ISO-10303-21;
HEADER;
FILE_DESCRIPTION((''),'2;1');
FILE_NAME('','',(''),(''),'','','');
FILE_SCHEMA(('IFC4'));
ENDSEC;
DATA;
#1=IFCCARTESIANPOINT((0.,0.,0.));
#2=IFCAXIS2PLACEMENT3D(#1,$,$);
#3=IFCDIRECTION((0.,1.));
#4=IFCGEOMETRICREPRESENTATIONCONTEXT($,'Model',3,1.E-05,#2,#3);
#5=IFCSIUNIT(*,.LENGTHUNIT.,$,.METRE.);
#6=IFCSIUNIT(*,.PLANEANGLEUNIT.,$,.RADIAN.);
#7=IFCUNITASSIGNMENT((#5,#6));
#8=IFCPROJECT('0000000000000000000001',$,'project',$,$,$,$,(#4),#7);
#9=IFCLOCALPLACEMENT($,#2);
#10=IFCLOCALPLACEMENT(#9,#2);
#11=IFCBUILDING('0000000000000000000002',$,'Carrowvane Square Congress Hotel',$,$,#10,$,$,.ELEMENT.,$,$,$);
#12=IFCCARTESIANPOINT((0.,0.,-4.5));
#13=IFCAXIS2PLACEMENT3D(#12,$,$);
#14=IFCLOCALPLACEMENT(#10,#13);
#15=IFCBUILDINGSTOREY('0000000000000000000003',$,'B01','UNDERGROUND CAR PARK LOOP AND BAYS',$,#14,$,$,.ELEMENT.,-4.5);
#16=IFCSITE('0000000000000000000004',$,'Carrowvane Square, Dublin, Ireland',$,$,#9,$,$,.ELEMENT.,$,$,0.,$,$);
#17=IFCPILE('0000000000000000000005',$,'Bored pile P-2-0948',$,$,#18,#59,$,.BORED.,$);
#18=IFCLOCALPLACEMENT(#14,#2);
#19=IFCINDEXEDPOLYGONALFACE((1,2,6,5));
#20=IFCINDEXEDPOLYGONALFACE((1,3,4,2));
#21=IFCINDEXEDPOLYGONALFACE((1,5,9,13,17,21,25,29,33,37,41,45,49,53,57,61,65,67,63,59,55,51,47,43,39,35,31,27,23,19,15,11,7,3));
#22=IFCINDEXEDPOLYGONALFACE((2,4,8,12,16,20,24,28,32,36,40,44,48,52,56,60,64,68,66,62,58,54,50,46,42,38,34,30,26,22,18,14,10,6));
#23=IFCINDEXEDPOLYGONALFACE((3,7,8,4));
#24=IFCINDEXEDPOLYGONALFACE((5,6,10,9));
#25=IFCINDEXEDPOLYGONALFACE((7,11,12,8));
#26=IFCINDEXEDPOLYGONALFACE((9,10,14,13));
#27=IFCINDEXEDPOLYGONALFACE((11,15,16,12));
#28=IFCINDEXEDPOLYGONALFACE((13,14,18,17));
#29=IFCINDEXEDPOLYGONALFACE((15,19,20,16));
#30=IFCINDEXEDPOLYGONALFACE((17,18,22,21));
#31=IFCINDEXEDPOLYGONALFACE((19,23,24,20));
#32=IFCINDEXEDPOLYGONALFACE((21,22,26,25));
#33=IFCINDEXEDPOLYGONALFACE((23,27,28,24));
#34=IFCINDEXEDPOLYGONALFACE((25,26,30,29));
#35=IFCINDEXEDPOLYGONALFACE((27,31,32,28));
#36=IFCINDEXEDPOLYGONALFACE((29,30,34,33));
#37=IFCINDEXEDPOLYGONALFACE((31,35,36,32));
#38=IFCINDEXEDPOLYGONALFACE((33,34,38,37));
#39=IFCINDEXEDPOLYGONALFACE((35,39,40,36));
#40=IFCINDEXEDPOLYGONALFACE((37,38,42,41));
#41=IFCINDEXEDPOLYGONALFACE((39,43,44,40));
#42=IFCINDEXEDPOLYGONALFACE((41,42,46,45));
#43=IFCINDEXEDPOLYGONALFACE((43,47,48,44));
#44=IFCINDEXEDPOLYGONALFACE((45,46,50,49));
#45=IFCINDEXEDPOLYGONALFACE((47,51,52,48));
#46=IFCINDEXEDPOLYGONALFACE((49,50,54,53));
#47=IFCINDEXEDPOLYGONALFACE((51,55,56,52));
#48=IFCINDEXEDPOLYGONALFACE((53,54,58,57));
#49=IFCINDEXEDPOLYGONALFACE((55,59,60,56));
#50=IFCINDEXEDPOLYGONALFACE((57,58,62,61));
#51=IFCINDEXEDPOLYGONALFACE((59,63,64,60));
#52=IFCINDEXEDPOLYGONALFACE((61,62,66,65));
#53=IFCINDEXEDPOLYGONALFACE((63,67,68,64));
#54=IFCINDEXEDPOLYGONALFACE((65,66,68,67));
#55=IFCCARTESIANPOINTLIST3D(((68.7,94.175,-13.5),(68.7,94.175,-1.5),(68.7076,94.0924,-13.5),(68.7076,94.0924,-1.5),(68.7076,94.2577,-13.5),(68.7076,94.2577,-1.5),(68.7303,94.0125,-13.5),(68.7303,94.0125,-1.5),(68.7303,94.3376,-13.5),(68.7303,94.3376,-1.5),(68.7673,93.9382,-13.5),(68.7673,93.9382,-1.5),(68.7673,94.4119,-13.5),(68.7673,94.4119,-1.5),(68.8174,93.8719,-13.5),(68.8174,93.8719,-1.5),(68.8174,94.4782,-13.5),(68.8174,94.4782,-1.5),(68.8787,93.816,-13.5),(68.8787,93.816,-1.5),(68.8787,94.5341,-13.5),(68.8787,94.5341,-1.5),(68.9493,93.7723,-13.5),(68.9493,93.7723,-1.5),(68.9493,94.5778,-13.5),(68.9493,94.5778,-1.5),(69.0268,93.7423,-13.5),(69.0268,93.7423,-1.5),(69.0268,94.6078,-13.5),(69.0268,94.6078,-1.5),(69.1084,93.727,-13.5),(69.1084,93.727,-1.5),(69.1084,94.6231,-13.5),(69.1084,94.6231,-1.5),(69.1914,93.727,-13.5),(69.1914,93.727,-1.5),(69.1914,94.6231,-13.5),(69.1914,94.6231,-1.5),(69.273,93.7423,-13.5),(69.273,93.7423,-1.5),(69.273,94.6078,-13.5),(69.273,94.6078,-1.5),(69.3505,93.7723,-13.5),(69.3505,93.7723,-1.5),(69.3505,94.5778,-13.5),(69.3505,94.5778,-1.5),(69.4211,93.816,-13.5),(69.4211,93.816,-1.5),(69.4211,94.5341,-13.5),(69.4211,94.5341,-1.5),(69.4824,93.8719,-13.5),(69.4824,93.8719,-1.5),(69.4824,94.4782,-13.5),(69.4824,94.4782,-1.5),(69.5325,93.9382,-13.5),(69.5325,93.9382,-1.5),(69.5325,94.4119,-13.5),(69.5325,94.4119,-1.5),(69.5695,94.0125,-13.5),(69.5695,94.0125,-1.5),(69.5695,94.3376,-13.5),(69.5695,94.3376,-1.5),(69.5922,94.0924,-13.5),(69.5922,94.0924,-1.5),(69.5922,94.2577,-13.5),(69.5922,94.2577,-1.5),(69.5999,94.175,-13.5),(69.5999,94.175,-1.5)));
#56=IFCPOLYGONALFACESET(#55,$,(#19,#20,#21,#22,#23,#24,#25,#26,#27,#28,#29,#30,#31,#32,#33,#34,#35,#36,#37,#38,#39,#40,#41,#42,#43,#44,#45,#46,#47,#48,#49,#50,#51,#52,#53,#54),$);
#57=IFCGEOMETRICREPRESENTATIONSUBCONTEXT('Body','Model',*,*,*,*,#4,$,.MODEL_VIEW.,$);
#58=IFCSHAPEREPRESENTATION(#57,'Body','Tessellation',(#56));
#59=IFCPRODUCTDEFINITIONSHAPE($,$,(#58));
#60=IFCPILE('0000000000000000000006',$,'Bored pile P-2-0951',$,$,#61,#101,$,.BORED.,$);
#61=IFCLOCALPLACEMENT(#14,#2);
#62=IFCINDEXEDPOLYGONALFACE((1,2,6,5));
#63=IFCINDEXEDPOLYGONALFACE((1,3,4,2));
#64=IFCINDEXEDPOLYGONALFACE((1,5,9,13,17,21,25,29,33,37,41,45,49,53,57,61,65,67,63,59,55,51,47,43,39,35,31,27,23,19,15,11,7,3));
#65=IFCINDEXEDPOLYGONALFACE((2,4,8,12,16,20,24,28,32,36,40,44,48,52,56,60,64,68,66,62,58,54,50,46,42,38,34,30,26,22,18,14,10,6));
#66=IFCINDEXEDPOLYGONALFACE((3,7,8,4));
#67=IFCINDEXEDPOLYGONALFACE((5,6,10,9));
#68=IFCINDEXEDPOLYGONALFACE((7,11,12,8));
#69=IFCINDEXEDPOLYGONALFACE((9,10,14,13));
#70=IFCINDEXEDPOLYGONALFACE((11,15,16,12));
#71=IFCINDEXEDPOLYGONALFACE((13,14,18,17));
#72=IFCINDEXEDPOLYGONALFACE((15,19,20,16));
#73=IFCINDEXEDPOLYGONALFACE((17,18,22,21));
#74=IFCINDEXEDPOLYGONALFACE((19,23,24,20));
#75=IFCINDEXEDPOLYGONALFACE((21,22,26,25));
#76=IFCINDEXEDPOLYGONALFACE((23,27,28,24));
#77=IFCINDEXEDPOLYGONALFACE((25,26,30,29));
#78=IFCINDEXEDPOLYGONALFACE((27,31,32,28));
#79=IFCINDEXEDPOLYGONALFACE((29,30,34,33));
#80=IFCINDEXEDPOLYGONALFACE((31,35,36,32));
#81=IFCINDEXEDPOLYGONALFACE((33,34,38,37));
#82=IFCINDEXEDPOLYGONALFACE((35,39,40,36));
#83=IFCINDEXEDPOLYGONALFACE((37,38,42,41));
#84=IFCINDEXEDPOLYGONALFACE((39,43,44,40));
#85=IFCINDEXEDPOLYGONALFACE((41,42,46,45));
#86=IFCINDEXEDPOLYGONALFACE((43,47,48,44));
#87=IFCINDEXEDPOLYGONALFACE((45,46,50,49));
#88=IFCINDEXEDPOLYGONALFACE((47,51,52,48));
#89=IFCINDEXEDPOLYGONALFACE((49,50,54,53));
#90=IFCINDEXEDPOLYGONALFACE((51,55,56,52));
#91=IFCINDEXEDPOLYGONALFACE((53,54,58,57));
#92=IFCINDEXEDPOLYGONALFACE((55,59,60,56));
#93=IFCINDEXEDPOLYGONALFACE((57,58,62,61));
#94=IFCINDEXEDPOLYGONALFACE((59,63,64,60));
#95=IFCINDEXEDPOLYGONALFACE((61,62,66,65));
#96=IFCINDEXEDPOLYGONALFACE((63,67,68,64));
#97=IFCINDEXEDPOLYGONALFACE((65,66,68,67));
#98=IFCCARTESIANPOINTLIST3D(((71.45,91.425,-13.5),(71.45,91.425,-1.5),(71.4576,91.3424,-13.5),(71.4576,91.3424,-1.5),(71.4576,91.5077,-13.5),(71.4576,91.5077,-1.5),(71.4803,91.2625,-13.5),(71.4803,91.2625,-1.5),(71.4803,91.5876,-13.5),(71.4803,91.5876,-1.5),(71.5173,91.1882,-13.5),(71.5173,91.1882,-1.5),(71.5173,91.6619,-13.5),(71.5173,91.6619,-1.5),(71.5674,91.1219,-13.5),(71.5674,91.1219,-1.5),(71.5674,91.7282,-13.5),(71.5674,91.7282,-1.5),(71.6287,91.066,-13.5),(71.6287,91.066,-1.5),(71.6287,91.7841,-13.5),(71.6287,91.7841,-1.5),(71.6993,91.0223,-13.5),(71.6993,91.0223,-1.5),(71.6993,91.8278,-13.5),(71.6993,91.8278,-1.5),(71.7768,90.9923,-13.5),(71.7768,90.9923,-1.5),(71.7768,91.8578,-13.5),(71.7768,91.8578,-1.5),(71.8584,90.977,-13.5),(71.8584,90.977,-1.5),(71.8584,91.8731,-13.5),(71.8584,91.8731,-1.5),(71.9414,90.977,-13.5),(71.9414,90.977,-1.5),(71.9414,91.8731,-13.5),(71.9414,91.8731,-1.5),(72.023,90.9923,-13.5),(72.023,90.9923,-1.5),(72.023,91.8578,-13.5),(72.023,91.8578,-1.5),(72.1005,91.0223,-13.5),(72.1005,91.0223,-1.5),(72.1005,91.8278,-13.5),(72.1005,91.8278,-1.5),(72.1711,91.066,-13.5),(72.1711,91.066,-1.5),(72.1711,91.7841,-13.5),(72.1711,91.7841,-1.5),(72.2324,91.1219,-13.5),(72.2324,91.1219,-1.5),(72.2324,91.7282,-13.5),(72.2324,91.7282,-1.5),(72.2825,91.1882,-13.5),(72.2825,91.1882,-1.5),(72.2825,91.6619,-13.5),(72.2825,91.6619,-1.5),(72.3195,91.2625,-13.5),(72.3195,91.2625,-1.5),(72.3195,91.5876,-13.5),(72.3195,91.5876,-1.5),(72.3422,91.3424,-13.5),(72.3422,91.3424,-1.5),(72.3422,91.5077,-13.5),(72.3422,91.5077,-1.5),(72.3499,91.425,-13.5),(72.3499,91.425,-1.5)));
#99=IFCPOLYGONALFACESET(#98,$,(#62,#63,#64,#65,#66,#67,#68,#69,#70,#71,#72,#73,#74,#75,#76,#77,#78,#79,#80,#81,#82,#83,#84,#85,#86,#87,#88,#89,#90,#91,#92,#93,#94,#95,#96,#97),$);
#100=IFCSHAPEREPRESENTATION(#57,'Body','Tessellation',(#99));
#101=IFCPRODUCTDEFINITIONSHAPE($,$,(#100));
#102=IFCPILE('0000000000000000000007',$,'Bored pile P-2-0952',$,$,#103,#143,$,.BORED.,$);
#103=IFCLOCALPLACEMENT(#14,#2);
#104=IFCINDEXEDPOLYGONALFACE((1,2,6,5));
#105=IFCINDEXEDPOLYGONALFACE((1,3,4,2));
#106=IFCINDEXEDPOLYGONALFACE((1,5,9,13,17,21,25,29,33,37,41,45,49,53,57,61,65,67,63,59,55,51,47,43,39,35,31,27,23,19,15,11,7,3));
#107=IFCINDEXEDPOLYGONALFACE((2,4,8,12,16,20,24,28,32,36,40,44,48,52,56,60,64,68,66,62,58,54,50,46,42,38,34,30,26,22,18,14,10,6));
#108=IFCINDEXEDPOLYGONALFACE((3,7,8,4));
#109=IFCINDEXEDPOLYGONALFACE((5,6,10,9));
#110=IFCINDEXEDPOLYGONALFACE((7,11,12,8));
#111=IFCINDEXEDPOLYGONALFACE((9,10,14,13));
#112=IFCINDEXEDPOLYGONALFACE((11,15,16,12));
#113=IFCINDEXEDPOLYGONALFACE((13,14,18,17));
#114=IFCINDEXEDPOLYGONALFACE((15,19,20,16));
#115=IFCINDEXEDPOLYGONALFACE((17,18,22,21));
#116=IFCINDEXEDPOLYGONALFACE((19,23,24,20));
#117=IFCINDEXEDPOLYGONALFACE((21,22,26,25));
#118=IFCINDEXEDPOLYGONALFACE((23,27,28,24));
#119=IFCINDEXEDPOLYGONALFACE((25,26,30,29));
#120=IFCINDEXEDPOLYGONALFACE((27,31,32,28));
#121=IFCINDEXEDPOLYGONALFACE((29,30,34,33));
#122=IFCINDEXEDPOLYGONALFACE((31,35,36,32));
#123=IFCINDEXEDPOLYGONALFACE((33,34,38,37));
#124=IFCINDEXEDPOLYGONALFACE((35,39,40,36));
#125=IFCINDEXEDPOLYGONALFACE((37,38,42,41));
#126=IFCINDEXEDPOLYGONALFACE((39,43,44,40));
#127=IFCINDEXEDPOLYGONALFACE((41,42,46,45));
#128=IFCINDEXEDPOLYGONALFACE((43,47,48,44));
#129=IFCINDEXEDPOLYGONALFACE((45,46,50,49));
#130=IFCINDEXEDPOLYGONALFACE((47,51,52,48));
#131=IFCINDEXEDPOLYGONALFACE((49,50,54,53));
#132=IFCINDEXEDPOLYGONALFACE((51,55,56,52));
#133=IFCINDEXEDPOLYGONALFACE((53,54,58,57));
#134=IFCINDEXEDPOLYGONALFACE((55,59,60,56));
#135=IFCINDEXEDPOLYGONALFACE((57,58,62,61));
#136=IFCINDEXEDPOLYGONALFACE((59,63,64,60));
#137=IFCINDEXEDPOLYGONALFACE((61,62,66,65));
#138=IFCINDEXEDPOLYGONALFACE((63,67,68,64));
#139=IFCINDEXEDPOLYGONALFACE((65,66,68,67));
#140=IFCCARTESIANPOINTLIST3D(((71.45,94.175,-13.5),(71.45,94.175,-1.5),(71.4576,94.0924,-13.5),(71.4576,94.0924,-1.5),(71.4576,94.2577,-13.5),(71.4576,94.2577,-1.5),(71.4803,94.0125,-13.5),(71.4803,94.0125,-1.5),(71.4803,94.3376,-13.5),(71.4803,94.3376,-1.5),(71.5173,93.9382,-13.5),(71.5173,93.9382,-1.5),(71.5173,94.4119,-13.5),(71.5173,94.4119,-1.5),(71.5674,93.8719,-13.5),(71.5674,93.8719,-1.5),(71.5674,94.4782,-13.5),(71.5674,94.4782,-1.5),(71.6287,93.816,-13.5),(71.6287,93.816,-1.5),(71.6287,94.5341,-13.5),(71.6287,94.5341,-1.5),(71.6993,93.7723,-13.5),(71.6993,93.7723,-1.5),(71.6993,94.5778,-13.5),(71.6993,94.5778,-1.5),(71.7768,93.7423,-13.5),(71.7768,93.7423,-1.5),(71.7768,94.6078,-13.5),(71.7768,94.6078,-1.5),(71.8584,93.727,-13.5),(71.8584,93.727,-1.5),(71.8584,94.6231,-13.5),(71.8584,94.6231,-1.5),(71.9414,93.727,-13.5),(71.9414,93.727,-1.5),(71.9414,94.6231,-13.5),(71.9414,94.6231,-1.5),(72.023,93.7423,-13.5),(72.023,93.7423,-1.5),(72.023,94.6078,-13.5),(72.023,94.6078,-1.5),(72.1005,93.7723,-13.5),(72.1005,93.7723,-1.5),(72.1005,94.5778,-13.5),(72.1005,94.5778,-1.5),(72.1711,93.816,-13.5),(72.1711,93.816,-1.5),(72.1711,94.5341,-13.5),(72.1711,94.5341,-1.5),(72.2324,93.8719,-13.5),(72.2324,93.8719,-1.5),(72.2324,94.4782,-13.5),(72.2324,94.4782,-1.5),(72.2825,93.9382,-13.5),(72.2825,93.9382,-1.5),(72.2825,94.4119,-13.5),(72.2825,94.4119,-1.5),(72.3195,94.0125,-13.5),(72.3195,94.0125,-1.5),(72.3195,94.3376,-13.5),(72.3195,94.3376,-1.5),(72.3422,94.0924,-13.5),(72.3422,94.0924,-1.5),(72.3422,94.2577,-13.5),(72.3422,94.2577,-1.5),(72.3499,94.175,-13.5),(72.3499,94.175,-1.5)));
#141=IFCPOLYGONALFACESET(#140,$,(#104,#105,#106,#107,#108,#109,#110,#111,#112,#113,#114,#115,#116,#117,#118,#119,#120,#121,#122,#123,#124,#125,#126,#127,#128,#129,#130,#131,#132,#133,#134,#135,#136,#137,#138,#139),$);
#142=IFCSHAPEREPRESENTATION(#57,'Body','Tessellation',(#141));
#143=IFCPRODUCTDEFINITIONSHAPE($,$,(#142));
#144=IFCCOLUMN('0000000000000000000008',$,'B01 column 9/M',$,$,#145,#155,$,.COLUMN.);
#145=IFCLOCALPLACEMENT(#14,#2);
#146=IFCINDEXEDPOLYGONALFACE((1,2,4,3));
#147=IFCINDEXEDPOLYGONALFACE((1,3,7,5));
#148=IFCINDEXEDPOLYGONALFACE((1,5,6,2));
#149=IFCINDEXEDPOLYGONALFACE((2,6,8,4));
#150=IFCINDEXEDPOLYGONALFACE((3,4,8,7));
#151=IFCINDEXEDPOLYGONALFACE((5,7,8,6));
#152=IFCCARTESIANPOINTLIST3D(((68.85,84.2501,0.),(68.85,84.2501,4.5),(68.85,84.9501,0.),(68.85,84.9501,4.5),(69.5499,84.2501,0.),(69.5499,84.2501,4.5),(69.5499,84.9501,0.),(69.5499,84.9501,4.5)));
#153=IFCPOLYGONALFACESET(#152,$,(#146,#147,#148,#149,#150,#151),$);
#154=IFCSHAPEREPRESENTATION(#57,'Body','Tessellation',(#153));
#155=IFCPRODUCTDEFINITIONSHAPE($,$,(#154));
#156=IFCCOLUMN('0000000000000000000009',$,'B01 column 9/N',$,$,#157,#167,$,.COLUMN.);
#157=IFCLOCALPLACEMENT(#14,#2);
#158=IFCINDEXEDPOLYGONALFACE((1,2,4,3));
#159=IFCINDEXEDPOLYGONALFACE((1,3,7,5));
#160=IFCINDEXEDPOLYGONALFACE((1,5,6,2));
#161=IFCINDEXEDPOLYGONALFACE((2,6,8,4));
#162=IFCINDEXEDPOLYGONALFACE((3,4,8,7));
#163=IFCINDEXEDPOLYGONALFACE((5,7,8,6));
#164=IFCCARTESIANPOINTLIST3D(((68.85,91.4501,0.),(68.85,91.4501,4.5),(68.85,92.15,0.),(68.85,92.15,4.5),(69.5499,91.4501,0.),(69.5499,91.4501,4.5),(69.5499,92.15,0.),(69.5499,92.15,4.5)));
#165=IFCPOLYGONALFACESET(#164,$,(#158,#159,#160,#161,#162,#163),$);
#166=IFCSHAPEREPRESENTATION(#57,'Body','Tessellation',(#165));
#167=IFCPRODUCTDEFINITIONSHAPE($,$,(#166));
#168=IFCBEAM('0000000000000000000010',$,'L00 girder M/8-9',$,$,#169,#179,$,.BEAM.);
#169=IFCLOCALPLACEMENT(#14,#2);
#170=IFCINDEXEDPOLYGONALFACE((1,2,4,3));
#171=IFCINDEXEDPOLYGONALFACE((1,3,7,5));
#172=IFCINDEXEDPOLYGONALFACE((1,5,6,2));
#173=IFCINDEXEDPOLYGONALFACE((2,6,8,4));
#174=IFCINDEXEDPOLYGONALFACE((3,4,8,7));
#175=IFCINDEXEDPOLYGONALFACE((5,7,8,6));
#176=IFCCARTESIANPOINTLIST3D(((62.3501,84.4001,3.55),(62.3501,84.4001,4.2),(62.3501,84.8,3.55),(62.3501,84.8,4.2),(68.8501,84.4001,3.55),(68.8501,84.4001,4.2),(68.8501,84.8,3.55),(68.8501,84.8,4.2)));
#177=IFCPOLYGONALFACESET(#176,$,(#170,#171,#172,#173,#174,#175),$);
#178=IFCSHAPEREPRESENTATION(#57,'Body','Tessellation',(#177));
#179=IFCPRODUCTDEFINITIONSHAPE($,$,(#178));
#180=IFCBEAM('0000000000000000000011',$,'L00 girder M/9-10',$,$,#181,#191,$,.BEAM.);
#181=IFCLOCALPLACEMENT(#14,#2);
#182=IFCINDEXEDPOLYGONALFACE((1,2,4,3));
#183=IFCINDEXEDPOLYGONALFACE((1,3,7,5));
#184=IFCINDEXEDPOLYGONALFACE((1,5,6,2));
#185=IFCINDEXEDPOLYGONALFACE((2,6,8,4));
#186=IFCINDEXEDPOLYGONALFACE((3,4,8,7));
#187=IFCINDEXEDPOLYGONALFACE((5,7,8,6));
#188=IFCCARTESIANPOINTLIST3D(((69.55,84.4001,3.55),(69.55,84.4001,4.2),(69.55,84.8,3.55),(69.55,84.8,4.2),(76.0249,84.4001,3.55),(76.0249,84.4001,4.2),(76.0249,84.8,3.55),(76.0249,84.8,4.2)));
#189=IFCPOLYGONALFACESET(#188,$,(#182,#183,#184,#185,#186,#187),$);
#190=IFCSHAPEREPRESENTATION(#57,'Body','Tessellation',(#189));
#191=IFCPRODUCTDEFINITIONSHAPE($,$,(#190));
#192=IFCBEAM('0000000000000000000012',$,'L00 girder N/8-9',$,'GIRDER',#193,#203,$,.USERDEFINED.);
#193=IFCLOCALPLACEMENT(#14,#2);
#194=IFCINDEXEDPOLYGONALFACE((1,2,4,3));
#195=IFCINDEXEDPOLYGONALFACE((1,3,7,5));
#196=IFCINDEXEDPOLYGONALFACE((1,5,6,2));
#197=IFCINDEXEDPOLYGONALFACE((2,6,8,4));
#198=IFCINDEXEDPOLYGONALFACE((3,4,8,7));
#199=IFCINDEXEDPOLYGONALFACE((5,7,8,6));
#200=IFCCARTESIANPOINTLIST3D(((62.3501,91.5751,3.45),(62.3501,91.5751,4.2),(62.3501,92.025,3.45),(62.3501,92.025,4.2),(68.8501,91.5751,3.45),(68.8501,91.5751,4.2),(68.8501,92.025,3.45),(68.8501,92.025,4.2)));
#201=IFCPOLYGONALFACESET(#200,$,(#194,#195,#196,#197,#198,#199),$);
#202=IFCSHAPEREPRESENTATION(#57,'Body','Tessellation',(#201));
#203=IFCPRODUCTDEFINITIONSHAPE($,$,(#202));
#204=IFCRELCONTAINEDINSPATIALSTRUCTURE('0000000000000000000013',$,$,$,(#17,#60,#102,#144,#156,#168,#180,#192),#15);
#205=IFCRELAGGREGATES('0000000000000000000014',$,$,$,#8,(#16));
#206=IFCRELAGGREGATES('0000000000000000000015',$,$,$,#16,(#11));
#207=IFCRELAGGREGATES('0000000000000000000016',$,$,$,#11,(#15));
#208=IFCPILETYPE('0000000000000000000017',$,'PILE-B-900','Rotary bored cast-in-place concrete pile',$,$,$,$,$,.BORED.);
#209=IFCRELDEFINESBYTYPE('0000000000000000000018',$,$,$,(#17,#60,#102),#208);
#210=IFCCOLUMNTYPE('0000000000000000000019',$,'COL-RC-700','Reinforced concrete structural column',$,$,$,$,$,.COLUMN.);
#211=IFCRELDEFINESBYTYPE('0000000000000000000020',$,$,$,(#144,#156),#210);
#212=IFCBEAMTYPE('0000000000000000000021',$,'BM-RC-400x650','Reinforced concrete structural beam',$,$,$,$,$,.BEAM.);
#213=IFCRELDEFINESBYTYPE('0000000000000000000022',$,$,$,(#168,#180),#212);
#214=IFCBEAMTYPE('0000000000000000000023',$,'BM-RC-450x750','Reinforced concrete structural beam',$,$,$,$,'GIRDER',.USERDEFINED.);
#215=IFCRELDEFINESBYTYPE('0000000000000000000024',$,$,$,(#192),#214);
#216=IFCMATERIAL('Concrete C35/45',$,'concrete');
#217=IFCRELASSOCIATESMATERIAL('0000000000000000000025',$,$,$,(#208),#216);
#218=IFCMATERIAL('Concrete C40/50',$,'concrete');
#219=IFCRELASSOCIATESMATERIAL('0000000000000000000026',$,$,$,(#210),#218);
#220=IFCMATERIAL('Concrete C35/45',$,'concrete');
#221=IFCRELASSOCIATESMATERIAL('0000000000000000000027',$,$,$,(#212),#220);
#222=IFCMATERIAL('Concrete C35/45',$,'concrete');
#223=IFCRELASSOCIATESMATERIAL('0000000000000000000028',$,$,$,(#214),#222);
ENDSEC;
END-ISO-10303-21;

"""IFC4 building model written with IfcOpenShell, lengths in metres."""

from ifc_helpers import new_model, si_unit, direction, frame, origin, origin_2d, place, context, subcontext, project, spatial, rectangle, circle, extrude, material, material_profile, profile_set, type_object, element, save


model = new_model("IFC4")

# Units and contexts
model_context = context("Model", 3, precision=1e-05, world=origin(), true_north=direction((0.0, 1.0)))
body_context = subcontext(model_context, "Body", "Model", "MODEL_VIEW")
ifc_project = project(units=[si_unit("LENGTHUNIT", "METRE"), si_unit("PLANEANGLEUNIT", "RADIAN")], contexts=[model_context])

# Site, building, storey
site_placement = place(None, origin())
site = spatial("IfcSite", under=ifc_project, at=site_placement, Name="Carrowvane Square, Dublin, Ireland", CompositionType="ELEMENT", RefElevation=0.0)
building_placement = place(site_placement, origin())
building = spatial("IfcBuilding", under=site, at=building_placement, Name="Carrowvane Square Congress Hotel", CompositionType="ELEMENT")
storey_placement = place(building_placement, frame((0.0, 0.0, -4.5)))
storey = spatial("IfcBuildingStorey", under=building, at=storey_placement, Name="B01", Description="UNDERGROUND CAR PARK LOOP AND BAYS", CompositionType="ELEMENT", Elevation=-4.5)

# Piles
ifc_material_1 = material(Name="Concrete C35/45", Category="concrete")
ifc_material_profile_1 = material_profile(ifc_material_1, circle(Radius=0.45, at=origin_2d()), Name="PILE D900")
ifc_profile_set_1 = profile_set([ifc_material_profile_1], Name="Concrete C35/45")
pile_type_1 = type_object("IfcPileType", Name="PILE-B-900", Description="Rotary bored cast-in-place concrete pile", PredefinedType="BORED", material=ifc_profile_set_1)
for number, where, z_axis, x_axis, name in (
    (1, (69.1499, 94.175, -1.5), (0.0, 0.0, -1.0), (1.0, 0.0, 0.0), "Bored pile P-2-0948"),
    (2, (71.8999, 91.425, -1.5), (0.0, 0.0, -1.0), (1.0, 0.0, 0.0), "Bored pile P-2-0951"),
    (3, (71.8999, 94.175, -1.5), (0.0, 0.0, -1.0), (1.0, 0.0, 0.0), "Bored pile P-2-0952"),
):
    element("IfcPile", number, at=place(storey_placement, frame(where, z_axis=z_axis, x_axis=x_axis)), inside=storey, type_object=pile_type_1, Name=name, PredefinedType="BORED", context=body_context, shape_type="SweptSolid", body=[
        extrude(circle(Radius=0.45, at=origin_2d()), origin(), (0.0, 0.0, 1.0), 12.0),
    ])

# Columns
ifc_material_2 = material(Name="Concrete C40/50", Category="concrete")
ifc_material_profile_2 = material_profile(ifc_material_2, rectangle(XDim=0.7, YDim=0.7, at=origin_2d()), Name="RC 700x700")
ifc_profile_set_2 = profile_set([ifc_material_profile_2], Name="Concrete C40/50")
column_type = type_object("IfcColumnType", Name="COL-RC-700", Description="Reinforced concrete structural column", PredefinedType="COLUMN", material=ifc_profile_set_2)
for number, where, z_axis, x_axis, name in (
    (4, (69.2, 84.6001, 0.0), (0.0, 0.0, 1.0), (1.0, 0.0, 0.0), "B01 column 9/M"),
    (5, (69.2, 91.8, 0.0), (0.0, 0.0, 1.0), (1.0, 0.0, 0.0), "B01 column 9/N"),
):
    element("IfcColumn", number, at=place(storey_placement, frame(where, z_axis=z_axis, x_axis=x_axis)), inside=storey, type_object=column_type, Name=name, PredefinedType="COLUMN", context=body_context, shape_type="SweptSolid", body=[
        extrude(rectangle(XDim=0.7, YDim=0.7, at=origin_2d()), origin(), (0.0, 0.0, 1.0), 4.5),
    ])

# Beams
ifc_material_3 = material(Name="Concrete C35/45", Category="concrete")
ifc_material_profile_3 = material_profile(ifc_material_3, rectangle(XDim=0.3999, YDim=0.6499, at=origin_2d()), Name="RC 400x650")
ifc_profile_set_3 = profile_set([ifc_material_profile_3], Name="Concrete C35/45")
beam_type_1 = type_object("IfcBeamType", Name="BM-RC-400x650", Description="Reinforced concrete structural beam", PredefinedType="BEAM", material=ifc_profile_set_3)
beam_1_placement = place(storey_placement, frame((62.3501, 84.6001, 3.875), z_axis=(1.0, 0.0, 0.0), x_axis=(0.0, 1.0, 0.0)))
element("IfcBeam", 6, at=beam_1_placement, inside=storey, type_object=beam_type_1, Name="L00 girder M/8-9", PredefinedType="BEAM", context=body_context, shape_type="SweptSolid", body=[
    extrude(rectangle(XDim=0.3999, YDim=0.6499, at=origin_2d()), origin(), (0.0, 0.0, 1.0), 6.5),
])
beam_2_placement = place(storey_placement, frame((69.55, 84.6001, 3.875), z_axis=(1.0, 0.0, 0.0), x_axis=(0.0, 1.0, 0.0)))
element("IfcBeam", 7, at=beam_2_placement, inside=storey, type_object=beam_type_1, Name="L00 girder M/9-10", PredefinedType="BEAM", context=body_context, shape_type="SweptSolid", body=[
    extrude(rectangle(XDim=0.3999, YDim=0.6499, at=origin_2d()), origin(), (0.0, 0.0, 1.0), 6.4749),
])
ifc_material_4 = material(Name="Concrete C35/45", Category="concrete")
ifc_material_profile_4 = material_profile(ifc_material_4, rectangle(XDim=0.45, YDim=0.75, at=origin_2d()), Name="RC 450x750")
ifc_profile_set_4 = profile_set([ifc_material_profile_4], Name="Concrete C35/45")
beam_type_2 = type_object("IfcBeamType", Name="BM-RC-450x750", Description="Reinforced concrete structural beam", ElementType="GIRDER", PredefinedType="USERDEFINED", material=ifc_profile_set_4)
beam_3_placement = place(storey_placement, frame((62.3501, 91.8, 3.825), z_axis=(1.0, 0.0, 0.0), x_axis=(0.0, 1.0, 0.0)))
element("IfcBeam", 8, at=beam_3_placement, inside=storey, type_object=beam_type_2, Name="L00 girder N/8-9", ObjectType="GIRDER", PredefinedType="USERDEFINED", context=body_context, shape_type="SweptSolid", body=[
    extrude(rectangle(XDim=0.45, YDim=0.75, at=origin_2d()), origin(), (0.0, 0.0, 1.0), 6.5),
])

save(model, "model.ifc")
